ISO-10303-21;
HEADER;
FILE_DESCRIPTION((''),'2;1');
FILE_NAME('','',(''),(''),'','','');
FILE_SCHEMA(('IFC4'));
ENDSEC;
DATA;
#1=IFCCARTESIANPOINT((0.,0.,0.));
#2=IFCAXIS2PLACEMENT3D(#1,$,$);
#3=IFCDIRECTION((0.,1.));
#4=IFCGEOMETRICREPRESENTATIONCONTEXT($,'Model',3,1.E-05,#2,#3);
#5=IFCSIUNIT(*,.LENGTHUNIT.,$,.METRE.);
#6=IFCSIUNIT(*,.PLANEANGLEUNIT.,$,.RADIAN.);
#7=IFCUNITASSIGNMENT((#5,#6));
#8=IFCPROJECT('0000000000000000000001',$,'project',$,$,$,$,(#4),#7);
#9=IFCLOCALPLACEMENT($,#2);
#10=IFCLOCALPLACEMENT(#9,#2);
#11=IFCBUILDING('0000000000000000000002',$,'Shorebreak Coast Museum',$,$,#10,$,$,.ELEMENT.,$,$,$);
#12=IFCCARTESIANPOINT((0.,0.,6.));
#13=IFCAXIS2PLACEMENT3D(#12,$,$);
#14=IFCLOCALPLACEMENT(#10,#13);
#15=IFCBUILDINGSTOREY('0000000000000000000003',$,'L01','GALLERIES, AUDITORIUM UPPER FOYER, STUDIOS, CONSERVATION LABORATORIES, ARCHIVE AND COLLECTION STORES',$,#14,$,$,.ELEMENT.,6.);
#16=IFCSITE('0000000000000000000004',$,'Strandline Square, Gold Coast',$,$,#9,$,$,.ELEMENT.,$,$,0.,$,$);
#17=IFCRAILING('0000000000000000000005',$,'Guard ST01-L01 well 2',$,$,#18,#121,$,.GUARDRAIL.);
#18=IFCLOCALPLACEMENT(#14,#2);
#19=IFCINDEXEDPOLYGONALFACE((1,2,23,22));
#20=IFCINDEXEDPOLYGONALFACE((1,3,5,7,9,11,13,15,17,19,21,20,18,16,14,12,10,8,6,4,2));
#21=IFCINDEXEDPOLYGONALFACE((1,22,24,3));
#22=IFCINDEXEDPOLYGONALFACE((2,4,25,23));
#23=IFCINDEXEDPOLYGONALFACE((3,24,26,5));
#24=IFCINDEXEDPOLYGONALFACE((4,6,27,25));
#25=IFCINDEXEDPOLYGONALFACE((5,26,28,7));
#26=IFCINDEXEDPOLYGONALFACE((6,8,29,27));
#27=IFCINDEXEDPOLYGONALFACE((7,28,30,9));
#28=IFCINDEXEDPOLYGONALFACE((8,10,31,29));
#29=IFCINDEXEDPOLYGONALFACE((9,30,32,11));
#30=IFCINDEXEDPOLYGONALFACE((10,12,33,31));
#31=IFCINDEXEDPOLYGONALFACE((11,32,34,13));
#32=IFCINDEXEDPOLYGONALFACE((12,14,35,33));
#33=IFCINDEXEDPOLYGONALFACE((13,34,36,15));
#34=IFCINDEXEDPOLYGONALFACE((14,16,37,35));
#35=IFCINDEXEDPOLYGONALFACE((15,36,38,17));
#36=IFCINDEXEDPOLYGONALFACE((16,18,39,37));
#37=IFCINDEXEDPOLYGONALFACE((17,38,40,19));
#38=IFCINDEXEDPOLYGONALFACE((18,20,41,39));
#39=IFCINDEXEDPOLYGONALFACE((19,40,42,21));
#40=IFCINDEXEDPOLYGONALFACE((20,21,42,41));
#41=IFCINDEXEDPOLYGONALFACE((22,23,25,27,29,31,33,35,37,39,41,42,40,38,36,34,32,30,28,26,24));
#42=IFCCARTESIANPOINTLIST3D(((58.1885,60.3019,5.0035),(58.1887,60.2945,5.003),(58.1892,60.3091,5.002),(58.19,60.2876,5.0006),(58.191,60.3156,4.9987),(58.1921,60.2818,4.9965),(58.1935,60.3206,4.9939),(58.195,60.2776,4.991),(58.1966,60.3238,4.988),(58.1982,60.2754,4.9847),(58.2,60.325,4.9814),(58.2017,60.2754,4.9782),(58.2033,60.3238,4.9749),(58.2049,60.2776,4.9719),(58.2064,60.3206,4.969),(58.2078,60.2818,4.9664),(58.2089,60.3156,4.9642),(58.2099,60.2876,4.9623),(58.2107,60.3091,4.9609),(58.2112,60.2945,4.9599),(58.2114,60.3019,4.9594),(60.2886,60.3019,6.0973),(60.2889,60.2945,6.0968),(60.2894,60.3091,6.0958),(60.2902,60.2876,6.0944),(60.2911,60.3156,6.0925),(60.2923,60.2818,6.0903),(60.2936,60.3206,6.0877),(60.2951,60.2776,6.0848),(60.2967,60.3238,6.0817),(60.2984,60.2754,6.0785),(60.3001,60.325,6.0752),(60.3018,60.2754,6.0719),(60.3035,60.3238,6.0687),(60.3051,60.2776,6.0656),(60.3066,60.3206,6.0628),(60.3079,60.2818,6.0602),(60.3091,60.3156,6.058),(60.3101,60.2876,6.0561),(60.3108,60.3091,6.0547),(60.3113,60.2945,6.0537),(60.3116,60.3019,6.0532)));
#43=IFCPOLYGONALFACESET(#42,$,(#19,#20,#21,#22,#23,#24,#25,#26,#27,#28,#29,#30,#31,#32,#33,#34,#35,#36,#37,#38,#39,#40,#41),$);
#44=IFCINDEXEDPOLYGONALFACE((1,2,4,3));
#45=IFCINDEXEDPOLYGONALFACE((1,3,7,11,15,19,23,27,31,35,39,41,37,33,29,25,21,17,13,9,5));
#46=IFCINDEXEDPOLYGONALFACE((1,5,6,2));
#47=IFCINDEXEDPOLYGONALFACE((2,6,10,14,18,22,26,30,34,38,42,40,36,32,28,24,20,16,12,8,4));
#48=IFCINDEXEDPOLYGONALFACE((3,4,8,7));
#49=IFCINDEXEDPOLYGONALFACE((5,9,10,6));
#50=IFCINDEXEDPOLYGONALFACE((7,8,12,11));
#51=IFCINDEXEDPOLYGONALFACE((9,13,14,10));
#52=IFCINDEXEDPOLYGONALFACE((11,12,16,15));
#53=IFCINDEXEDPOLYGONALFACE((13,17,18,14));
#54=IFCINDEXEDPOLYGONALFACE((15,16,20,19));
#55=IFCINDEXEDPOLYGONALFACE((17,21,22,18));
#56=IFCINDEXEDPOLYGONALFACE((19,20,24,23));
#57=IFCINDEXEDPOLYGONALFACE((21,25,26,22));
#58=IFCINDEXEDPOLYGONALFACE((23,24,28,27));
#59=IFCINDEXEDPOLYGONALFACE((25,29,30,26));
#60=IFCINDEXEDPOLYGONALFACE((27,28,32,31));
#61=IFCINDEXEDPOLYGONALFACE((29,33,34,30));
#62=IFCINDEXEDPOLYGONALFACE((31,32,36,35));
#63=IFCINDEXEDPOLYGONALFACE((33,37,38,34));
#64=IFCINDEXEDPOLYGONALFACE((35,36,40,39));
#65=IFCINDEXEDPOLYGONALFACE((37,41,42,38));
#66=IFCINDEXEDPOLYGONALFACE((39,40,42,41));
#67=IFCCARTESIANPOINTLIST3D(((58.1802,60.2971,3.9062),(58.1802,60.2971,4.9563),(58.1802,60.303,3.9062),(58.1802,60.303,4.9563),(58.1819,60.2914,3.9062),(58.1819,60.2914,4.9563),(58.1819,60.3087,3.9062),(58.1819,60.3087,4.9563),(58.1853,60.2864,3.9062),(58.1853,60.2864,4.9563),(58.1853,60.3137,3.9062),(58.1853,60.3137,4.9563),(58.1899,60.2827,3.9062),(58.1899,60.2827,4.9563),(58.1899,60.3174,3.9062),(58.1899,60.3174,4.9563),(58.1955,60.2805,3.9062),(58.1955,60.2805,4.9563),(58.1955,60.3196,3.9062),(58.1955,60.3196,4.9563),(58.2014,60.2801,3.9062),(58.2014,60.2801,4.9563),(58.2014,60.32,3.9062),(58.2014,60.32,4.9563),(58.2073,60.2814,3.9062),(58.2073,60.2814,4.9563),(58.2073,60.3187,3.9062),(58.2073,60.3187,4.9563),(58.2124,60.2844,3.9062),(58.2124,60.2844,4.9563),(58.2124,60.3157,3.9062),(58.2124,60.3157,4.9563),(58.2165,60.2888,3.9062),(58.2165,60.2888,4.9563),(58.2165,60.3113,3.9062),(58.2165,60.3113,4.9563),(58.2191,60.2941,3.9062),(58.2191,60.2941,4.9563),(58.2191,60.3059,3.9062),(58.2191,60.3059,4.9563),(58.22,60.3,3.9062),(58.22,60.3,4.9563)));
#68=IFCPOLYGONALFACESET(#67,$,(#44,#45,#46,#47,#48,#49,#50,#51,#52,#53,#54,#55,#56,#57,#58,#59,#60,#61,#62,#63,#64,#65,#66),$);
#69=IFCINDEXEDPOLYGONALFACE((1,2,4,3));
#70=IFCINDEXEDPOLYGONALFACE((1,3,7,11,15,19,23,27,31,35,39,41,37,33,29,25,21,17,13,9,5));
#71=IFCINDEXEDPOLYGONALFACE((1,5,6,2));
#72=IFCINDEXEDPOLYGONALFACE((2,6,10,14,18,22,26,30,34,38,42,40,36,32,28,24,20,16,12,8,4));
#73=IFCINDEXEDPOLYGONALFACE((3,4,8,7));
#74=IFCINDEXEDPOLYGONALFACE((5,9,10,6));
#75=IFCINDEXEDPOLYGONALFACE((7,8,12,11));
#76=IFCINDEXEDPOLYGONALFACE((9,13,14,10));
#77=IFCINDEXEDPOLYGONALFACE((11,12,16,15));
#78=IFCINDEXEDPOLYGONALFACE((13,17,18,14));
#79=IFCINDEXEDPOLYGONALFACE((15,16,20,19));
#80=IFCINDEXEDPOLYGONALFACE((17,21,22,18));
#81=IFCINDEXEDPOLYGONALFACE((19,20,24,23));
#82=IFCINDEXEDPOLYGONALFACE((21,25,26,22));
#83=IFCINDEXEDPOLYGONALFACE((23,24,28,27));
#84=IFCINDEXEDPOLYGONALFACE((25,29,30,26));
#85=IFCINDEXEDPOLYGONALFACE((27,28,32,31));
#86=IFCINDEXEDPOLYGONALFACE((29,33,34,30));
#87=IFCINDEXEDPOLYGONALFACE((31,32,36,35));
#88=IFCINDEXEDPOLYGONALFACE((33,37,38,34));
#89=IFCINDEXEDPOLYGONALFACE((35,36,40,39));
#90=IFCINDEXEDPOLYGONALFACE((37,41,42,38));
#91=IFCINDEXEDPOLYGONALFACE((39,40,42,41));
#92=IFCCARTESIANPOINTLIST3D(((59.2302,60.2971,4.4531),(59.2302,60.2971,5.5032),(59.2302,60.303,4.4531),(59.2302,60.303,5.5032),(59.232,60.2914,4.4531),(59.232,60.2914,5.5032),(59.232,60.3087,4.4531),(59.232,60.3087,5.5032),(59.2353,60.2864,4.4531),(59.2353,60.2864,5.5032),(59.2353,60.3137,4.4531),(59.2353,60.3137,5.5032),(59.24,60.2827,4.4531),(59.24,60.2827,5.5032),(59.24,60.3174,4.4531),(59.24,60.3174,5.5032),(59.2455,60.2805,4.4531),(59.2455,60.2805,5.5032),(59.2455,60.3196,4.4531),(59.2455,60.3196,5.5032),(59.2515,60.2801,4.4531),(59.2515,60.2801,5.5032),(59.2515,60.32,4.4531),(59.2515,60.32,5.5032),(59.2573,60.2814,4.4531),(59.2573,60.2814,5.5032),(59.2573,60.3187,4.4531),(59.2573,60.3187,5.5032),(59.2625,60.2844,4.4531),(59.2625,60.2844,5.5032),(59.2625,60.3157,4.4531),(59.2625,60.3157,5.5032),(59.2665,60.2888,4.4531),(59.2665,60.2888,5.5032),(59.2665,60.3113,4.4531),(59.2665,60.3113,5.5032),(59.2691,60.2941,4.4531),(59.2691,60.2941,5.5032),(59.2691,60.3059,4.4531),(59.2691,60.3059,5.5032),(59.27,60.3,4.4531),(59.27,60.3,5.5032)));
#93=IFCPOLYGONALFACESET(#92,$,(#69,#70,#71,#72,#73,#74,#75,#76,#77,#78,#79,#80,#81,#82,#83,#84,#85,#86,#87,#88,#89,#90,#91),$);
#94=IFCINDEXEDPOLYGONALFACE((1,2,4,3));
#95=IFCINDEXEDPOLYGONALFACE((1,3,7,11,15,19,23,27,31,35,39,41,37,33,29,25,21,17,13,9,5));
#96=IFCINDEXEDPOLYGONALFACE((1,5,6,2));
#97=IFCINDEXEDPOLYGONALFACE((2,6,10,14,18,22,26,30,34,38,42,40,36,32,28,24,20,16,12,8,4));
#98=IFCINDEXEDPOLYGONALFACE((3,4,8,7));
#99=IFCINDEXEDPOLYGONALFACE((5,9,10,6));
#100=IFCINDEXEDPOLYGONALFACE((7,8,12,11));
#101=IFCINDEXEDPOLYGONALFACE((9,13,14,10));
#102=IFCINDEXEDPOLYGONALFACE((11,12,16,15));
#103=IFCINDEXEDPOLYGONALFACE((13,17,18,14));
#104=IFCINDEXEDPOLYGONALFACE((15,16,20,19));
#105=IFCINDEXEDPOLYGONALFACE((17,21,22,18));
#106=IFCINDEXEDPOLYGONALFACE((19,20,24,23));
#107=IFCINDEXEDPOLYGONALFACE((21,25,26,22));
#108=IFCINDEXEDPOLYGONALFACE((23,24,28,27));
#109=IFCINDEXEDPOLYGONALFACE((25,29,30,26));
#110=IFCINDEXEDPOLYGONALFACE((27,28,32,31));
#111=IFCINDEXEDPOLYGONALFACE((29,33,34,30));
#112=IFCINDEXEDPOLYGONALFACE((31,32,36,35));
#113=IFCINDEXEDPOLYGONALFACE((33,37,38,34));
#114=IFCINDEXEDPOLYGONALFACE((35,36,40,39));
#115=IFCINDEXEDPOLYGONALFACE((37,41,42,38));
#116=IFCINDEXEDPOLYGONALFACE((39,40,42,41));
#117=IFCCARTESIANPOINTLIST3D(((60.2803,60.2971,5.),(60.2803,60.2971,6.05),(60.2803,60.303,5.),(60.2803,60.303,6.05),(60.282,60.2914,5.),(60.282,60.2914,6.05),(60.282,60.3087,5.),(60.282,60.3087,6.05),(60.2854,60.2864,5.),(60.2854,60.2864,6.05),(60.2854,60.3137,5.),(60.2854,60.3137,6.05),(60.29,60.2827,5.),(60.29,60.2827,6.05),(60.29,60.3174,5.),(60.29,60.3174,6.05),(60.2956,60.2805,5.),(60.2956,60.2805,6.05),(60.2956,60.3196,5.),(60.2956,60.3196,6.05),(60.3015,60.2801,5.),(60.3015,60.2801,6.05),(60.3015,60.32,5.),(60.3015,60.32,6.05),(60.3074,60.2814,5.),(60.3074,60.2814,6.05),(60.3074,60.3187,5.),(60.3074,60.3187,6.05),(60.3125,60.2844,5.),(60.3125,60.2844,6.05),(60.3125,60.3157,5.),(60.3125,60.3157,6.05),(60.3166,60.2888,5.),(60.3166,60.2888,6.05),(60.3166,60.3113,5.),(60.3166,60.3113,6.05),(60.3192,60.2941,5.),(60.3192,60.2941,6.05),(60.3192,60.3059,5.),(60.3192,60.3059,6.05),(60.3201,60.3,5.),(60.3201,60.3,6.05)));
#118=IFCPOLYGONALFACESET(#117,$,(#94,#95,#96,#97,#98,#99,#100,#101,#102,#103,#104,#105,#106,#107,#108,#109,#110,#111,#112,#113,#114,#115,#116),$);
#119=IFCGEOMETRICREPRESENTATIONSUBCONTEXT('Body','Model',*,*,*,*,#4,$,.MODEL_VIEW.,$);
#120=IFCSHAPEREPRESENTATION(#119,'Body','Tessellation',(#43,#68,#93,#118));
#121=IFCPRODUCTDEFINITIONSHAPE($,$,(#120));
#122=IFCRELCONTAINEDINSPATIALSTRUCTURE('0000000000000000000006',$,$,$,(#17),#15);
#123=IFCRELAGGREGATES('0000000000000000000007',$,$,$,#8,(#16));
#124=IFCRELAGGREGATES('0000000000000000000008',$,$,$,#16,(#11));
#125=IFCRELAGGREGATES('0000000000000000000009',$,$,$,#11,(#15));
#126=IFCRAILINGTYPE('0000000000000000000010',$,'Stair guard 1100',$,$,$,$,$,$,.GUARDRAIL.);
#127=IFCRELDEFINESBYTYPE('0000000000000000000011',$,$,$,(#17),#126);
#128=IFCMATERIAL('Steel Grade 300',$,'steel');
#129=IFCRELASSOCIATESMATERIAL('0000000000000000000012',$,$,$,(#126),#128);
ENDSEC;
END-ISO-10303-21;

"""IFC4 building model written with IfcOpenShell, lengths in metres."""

from ifc_helpers import new_model, si_unit, direction, frame, origin, origin_2d, place, context, subcontext, project, spatial, circle, extrude, material, type_object, element, save


model = new_model("IFC4")

# Units and contexts
model_context = context("Model", 3, precision=1e-05, world=origin(), true_north=direction((0.0, 1.0)))
body_context = subcontext(model_context, "Body", "Model", "MODEL_VIEW")
ifc_project = project(units=[si_unit("LENGTHUNIT", "METRE"), si_unit("PLANEANGLEUNIT", "RADIAN")], contexts=[model_context])

# Site, building, storey
site_placement = place(None, origin())
site = spatial("IfcSite", under=ifc_project, at=site_placement, Name="Strandline Square, Gold Coast", CompositionType="ELEMENT", RefElevation=0.0)
building_placement = place(site_placement, origin())
building = spatial("IfcBuilding", under=site, at=building_placement, Name="Shorebreak Coast Museum", CompositionType="ELEMENT")
storey_placement = place(building_placement, frame((0.0, 0.0, 6.0)))
storey = spatial("IfcBuildingStorey", under=building, at=storey_placement, Name="L01", Description="GALLERIES, AUDITORIUM UPPER FOYER, STUDIOS, CONSERVATION LABORATORIES, ARCHIVE AND COLLECTION STORES", CompositionType="ELEMENT", Elevation=6.0)

# Railing
ifc_material_1 = material(Name="Steel Grade 300", Category="steel")
railing_type_1 = type_object("IfcRailingType", Name="Stair guard 1100", PredefinedType="GUARDRAIL", material=ifc_material_1)
railing_1_placement = place(storey_placement, frame((58.2, 60.3, 3.9062)))
element("IfcRailing", 1, at=railing_1_placement, inside=storey, type_object=railing_type_1, Name="Guard ST01-L01 well 2", PredefinedType="GUARDRAIL", context=body_context, shape_type="SweptSolid", body=[
    extrude(circle(Radius=0.0249, at=origin_2d()), frame((0.0, 0.0, 1.0752), z_axis=(0.886923, 0.0, 0.461918), x_axis=(0.0, 1.0, 0.0)), (0.0, 0.0, 1.0), 2.3679),
    extrude(circle(Radius=0.02, at=origin_2d()), origin(), (0.0, 0.0, 1.0), 1.05),
    extrude(circle(Radius=0.02, at=origin_2d()), frame((1.05, 0.0, 0.5469)), (0.0, 0.0, 1.0), 1.05),
    extrude(circle(Radius=0.02, at=origin_2d()), frame((2.1001, 0.0, 1.0938)), (0.0, 0.0, 1.0), 1.05),
])

save(model, "model.ifc")
